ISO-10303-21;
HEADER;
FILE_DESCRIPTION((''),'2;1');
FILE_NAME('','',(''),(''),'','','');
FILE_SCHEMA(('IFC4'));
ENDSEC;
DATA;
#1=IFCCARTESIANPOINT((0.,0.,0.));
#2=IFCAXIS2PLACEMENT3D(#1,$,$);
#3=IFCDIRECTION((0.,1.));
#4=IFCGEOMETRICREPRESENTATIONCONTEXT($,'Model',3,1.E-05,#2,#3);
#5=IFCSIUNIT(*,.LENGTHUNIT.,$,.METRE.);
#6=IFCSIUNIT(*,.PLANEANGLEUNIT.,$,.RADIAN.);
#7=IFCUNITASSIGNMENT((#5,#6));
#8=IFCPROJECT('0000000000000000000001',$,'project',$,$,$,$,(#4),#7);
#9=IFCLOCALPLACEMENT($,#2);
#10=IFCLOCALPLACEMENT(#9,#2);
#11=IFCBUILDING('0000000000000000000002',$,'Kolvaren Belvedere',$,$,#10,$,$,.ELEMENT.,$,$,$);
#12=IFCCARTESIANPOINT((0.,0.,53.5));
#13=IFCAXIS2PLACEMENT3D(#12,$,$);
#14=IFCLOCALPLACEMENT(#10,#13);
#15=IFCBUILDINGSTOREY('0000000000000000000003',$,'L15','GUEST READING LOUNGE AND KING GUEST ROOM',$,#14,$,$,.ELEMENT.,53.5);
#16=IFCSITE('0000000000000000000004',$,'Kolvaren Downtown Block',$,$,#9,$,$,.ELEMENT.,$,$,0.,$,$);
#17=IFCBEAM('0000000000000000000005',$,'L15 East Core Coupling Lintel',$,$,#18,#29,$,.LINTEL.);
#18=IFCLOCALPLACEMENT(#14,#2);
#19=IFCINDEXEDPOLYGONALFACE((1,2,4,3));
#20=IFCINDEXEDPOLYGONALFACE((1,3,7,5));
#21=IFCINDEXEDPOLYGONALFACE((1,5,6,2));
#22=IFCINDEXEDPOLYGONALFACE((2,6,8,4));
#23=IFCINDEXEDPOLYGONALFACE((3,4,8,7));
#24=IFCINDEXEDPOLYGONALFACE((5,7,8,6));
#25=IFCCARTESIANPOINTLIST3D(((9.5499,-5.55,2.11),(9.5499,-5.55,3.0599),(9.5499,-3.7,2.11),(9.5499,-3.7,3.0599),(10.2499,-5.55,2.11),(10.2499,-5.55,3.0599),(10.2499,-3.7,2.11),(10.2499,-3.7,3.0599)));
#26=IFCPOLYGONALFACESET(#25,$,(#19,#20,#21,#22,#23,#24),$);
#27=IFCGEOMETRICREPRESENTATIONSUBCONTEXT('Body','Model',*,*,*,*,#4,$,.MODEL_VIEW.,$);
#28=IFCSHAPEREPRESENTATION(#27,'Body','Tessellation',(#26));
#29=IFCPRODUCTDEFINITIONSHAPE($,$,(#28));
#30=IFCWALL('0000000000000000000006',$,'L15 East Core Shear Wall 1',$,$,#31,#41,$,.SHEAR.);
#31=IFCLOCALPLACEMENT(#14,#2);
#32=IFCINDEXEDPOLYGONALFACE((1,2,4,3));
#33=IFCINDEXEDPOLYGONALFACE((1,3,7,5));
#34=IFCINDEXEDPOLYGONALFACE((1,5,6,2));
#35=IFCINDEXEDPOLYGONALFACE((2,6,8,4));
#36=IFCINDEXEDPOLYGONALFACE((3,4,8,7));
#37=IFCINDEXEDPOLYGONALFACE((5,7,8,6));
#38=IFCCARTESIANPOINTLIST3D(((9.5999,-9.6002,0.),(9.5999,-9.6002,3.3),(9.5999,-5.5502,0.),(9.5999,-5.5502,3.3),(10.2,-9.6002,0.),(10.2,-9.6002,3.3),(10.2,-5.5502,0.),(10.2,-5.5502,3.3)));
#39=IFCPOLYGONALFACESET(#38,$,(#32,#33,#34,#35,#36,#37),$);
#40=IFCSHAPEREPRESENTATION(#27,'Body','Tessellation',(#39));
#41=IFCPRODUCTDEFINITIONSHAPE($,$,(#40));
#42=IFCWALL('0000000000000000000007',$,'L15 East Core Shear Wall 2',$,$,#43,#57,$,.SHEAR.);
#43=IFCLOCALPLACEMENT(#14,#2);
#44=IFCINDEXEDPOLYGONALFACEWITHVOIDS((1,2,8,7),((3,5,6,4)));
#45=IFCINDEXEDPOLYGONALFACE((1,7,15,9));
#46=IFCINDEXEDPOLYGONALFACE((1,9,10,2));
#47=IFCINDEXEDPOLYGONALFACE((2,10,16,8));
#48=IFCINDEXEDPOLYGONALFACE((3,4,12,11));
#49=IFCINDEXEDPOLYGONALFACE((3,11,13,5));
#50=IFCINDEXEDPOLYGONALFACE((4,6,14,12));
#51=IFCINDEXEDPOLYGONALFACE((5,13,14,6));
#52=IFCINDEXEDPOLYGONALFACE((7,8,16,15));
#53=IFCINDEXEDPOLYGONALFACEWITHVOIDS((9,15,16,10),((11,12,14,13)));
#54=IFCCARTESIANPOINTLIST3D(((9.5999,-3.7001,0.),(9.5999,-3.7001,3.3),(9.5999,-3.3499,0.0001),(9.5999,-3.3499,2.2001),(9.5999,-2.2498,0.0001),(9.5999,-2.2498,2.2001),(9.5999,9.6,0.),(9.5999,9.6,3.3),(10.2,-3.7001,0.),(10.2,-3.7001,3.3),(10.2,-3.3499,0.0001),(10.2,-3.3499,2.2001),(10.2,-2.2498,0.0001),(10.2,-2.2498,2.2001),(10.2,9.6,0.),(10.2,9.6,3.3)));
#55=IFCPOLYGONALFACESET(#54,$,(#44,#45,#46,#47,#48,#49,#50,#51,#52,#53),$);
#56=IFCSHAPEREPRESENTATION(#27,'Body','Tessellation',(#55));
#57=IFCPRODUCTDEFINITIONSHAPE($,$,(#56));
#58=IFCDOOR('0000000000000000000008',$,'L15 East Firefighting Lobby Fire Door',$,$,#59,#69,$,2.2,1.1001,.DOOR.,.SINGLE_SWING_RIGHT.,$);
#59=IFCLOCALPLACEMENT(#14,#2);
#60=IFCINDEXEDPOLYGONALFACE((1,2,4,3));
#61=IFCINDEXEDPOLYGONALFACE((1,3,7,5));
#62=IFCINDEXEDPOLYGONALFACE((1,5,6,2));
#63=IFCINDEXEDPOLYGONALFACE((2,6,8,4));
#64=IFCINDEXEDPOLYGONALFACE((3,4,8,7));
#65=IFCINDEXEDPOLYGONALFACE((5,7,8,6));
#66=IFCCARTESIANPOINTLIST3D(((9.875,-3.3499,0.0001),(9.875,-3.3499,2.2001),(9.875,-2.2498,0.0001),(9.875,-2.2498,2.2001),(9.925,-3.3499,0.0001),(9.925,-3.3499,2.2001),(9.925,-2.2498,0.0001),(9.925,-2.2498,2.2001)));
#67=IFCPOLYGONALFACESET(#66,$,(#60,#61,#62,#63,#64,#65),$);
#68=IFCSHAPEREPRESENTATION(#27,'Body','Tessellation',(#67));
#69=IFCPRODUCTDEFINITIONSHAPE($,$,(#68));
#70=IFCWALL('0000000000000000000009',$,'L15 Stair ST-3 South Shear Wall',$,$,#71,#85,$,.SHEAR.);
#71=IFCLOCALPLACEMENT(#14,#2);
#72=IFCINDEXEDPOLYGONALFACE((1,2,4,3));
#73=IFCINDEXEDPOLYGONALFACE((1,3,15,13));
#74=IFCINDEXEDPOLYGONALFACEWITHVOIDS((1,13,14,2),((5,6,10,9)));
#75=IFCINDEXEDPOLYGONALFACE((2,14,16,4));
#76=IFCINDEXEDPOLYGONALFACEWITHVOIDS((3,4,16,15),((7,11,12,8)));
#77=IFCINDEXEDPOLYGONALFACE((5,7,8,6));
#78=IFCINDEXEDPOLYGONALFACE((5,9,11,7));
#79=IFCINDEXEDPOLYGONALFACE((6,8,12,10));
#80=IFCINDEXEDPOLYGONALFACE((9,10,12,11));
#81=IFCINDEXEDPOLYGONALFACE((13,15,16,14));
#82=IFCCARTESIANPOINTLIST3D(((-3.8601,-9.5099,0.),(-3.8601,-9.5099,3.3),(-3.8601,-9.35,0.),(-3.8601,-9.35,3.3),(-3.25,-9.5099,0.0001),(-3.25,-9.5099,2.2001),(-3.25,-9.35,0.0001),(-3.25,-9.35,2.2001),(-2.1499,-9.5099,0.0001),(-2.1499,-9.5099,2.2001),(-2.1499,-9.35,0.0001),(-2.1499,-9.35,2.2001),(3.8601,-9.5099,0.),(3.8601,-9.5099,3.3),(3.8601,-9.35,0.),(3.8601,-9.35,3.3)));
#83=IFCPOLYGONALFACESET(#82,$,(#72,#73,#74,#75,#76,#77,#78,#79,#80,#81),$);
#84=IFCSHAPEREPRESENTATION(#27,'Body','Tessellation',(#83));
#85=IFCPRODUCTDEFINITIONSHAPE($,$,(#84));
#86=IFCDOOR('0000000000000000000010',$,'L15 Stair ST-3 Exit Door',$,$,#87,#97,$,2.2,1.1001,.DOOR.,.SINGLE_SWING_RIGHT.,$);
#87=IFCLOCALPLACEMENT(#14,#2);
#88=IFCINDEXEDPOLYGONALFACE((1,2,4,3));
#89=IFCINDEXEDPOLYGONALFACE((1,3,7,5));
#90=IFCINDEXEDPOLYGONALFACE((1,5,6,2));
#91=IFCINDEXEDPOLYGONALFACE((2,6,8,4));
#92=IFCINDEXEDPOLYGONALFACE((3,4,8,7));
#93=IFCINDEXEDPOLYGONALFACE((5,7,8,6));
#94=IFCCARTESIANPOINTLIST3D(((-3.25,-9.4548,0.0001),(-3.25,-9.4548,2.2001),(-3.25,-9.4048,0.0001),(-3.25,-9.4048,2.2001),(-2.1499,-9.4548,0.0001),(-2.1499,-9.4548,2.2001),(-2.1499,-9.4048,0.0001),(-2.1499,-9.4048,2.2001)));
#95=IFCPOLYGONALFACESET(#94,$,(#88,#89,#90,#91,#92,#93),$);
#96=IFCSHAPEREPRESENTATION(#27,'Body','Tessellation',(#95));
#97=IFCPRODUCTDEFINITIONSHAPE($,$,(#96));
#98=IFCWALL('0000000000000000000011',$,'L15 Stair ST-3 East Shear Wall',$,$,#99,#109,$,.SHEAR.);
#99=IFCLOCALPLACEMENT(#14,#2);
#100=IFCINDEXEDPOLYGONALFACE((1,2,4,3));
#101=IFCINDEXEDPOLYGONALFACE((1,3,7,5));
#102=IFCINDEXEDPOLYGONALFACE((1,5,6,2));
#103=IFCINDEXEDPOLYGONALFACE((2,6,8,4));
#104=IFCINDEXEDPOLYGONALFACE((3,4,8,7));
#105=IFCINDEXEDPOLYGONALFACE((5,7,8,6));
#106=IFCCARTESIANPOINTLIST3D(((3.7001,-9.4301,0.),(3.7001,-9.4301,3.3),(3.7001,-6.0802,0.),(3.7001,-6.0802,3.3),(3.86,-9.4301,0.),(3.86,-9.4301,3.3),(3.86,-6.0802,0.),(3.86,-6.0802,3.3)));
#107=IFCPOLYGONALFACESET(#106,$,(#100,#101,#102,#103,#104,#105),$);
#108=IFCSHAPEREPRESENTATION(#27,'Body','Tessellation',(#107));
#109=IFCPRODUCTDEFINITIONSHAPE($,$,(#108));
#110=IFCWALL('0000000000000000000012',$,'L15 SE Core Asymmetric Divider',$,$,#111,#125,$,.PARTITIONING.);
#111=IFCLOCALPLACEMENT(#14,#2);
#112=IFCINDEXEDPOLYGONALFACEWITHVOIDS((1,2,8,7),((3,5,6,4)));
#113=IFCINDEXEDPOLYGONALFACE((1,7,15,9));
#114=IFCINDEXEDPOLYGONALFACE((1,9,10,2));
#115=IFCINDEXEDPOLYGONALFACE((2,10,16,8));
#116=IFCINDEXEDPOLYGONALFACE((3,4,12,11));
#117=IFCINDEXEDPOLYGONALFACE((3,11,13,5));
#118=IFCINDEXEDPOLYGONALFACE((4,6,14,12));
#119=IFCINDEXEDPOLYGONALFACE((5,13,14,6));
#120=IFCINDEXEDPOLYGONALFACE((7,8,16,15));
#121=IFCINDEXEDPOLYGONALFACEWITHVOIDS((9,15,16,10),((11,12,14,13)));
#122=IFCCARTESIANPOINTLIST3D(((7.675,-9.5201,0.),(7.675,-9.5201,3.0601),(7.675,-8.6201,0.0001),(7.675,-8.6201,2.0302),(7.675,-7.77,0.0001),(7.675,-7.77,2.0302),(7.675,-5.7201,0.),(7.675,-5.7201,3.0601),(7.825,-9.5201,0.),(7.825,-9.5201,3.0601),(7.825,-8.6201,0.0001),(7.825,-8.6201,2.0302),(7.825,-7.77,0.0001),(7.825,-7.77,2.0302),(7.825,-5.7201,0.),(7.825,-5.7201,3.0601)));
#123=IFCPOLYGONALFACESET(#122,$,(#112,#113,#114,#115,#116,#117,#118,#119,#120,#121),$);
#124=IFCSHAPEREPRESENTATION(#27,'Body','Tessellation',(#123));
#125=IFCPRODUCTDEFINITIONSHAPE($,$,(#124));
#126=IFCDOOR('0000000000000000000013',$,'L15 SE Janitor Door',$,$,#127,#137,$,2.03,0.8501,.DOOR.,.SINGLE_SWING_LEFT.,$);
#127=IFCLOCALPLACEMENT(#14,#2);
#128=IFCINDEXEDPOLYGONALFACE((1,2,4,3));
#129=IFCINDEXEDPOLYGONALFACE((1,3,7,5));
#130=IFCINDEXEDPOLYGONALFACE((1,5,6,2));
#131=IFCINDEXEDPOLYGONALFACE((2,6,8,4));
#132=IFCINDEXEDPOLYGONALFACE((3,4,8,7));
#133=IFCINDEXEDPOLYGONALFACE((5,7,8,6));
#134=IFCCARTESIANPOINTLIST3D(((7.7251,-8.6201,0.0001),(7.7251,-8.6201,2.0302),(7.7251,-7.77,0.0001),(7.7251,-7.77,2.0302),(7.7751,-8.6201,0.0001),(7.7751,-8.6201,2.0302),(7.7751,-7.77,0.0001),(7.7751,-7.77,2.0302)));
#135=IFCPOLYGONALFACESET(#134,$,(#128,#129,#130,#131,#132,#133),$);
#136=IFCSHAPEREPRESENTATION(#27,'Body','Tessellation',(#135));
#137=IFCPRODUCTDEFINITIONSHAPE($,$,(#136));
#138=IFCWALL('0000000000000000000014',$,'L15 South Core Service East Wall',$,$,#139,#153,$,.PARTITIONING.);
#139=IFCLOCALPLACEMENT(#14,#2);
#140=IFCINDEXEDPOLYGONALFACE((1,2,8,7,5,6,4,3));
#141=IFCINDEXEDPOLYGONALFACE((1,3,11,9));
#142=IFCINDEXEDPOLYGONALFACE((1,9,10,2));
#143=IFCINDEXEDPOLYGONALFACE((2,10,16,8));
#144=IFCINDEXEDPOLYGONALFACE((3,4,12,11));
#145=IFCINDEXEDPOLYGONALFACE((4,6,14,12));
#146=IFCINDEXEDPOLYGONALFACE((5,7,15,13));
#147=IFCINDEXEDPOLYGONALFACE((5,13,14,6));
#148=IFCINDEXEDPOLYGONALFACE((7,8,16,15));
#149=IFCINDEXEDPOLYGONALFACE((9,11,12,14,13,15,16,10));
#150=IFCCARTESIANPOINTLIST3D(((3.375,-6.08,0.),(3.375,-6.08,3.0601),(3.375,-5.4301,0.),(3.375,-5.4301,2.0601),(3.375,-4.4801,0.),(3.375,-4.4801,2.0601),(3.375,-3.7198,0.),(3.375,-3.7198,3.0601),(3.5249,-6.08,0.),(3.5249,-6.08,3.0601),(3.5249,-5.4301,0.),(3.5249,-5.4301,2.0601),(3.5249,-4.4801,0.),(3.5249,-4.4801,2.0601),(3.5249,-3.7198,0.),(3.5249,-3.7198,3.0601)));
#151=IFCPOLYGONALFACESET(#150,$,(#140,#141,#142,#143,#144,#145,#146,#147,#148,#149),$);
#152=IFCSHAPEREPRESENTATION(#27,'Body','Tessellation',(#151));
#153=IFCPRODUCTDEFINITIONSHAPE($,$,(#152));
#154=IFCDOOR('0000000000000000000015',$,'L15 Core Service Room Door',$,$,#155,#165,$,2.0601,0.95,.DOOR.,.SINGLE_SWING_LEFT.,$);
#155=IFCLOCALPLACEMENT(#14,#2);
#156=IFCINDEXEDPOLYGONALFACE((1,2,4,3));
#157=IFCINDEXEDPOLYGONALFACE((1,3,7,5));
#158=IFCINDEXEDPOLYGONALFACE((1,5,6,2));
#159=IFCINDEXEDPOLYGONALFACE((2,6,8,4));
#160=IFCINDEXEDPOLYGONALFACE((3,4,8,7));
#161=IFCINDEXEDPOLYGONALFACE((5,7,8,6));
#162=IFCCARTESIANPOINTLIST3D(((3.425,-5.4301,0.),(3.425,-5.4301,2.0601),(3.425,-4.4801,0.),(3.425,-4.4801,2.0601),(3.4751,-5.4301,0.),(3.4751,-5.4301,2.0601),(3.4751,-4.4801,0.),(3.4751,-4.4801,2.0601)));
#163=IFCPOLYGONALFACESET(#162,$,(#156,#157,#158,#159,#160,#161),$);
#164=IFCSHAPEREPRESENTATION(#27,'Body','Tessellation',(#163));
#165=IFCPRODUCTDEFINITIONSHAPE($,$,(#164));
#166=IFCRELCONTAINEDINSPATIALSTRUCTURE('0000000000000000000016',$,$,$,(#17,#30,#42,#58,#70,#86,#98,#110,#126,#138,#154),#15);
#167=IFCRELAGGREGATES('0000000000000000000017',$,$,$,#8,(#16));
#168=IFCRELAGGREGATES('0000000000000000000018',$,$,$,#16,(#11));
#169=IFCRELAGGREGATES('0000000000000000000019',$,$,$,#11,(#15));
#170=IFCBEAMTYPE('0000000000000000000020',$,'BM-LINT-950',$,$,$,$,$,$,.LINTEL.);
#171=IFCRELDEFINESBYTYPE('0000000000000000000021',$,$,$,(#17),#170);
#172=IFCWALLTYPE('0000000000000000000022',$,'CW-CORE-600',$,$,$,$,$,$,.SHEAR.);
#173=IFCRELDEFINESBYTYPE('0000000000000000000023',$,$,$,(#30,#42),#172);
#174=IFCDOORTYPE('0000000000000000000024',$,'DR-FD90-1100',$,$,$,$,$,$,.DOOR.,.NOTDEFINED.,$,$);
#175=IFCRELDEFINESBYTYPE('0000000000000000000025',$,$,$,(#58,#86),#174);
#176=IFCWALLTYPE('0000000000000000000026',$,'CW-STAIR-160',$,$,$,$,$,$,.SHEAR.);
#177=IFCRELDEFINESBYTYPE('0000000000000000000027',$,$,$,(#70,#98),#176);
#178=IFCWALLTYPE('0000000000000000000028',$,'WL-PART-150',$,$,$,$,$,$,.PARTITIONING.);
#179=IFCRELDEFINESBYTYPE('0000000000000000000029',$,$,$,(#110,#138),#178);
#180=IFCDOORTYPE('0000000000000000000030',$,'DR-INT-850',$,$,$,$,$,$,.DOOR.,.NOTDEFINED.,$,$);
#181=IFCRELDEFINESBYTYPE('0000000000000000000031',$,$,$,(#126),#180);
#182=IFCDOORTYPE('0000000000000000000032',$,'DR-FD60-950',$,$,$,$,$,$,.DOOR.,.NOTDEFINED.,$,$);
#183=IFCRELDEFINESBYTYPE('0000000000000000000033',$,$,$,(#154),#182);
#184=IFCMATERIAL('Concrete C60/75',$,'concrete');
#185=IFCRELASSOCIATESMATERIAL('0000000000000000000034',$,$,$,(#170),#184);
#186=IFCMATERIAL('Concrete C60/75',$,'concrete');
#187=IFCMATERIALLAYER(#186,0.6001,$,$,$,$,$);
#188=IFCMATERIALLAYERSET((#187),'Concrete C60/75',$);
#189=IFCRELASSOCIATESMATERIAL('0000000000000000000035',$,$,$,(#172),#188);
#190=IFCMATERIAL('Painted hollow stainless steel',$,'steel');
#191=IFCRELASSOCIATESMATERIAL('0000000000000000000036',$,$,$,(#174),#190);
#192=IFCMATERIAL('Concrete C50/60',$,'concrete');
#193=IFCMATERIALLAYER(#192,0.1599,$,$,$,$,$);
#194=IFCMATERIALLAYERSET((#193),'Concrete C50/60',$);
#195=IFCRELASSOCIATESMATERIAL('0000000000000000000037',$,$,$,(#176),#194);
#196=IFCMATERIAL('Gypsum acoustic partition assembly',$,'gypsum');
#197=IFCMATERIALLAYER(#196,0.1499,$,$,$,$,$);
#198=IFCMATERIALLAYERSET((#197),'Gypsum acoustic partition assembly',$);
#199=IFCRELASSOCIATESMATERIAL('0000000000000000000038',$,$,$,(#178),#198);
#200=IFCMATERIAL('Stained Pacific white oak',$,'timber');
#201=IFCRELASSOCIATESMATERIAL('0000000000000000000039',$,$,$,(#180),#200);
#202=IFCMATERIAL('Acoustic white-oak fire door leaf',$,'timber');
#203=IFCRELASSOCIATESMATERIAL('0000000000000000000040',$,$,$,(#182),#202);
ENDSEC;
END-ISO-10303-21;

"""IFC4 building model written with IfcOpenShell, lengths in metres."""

from ifc_helpers import new_model, si_unit, direction, frame, frame_2d, origin, origin_2d, place, context, subcontext, project, spatial, rectangle, extrude, material, layer, layer_set, material_profile, profile_set, type_object, element, fill, save


model = new_model("IFC4")

# Units and contexts
model_context = context("Model", 3, precision=1e-05, world=origin(), true_north=direction((0.0, 1.0)))
body_context = subcontext(model_context, "Body", "Model", "MODEL_VIEW")
ifc_project = project(units=[si_unit("LENGTHUNIT", "METRE"), si_unit("PLANEANGLEUNIT", "RADIAN")], contexts=[model_context])

# Site, building, storey
site_placement = place(None, origin())
site = spatial("IfcSite", under=ifc_project, at=site_placement, Name="Kolvaren Downtown Block", CompositionType="ELEMENT", RefElevation=0.0)
building_placement = place(site_placement, origin())
building = spatial("IfcBuilding", under=site, at=building_placement, Name="Kolvaren Belvedere", CompositionType="ELEMENT")
storey_placement = place(building_placement, frame((0.0, 0.0, 53.5)))
storey = spatial("IfcBuildingStorey", under=building, at=storey_placement, Name="L15", Description="GUEST READING LOUNGE AND KING GUEST ROOM", CompositionType="ELEMENT", Elevation=53.5)

# Beam
ifc_material_1 = material(Name="Concrete C60/75", Category="concrete")
ifc_material_profile = material_profile(ifc_material_1, rectangle(XDim=0.7, YDim=0.95, at=origin_2d()), Name="RC 700X950")
ifc_profile_set = profile_set([ifc_material_profile], Name="Concrete C60/75")
beam_type = type_object("IfcBeamType", Name="BM-LINT-950", PredefinedType="LINTEL", material=ifc_profile_set)
beam_placement = place(storey_placement, frame((9.8999, -5.55, 2.585), z_axis=(0.0, 1.0, 0.0), x_axis=(-1.0, 0.0, 0.0)))
element("IfcBeam", 1, at=beam_placement, inside=storey, type_object=beam_type, Name="L15 East Core Coupling Lintel", PredefinedType="LINTEL", context=body_context, shape_type="SweptSolid", body=[
    extrude(rectangle(XDim=0.7, YDim=0.95, at=origin_2d()), origin(), (0.0, 0.0, 1.0), 1.8501),
])

# Wall
ifc_material_2 = material(Name="Concrete C60/75", Category="concrete")
ifc_layer_1 = layer(ifc_material_2, 0.6001)
ifc_layer_set_1 = layer_set([ifc_layer_1], Name="Concrete C60/75")
wall_type_1 = type_object("IfcWallType", Name="CW-CORE-600", PredefinedType="SHEAR", material=ifc_layer_set_1)
wall_1_placement = place(storey_placement, frame((9.8999, -9.6001, 0.0), z_axis=(0.0, 0.0, 1.0), x_axis=(0.0, 1.0, 0.0)))
element("IfcWall", 2, at=wall_1_placement, inside=storey, type_object=wall_type_1, Name="L15 East Core Shear Wall 1", PredefinedType="SHEAR", context=body_context, shape_type="SweptSolid", body=[
    extrude(rectangle(XDim=4.05, YDim=0.6001, at=frame_2d((2.0249, 0.0))), origin(), (0.0, 0.0, 1.0), 3.3),
])

# Walls, openings, doors
wall_2_placement = place(storey_placement, frame((9.8999, -3.7, 0.0), z_axis=(0.0, 0.0, 1.0), x_axis=(0.0, 1.0, 0.0)))
wall_2 = element("IfcWall", 3, at=wall_2_placement, inside=storey, type_object=wall_type_1, Name="L15 East Core Shear Wall 2", PredefinedType="SHEAR", context=body_context, shape_type="SweptSolid", body=[
    extrude(rectangle(XDim=13.3, YDim=0.6001, at=frame_2d((6.6499, 0.0))), origin(), (0.0, 0.0, 1.0), 3.3),
])
opening_1_placement = place(wall_2_placement, frame((0.3501, 0.0, 0.0)))
opening_1 = element("IfcOpeningElement", 4, at=opening_1_placement, cuts=wall_2, PredefinedType="OPENING", context=body_context, shape_type="SweptSolid", body=[
    extrude(rectangle(XDim=1.1001, YDim=2.2, at=frame_2d((0.55, 1.1001))), frame((0.0, 0.3101, 0.0), z_axis=(0.0, -1.0, 0.0), x_axis=(1.0, 0.0, 0.0)), (0.0, 0.0, 1.0), 0.6201),
])
ifc_material_3 = material(Name="Painted hollow stainless steel", Category="steel")
door_type_1 = type_object("IfcDoorType", Name="DR-FD90-1100", OperationType="NOTDEFINED", PredefinedType="DOOR", material=ifc_material_3)
door_1_placement = place(opening_1_placement, origin())
door_1 = element("IfcDoor", 5, at=door_1_placement, inside=storey, type_object=door_type_1, Name="L15 East Firefighting Lobby Fire Door", OperationType="SINGLE_SWING_RIGHT", OverallHeight=2.2, OverallWidth=1.1001, PredefinedType="DOOR", context=body_context, shape_type="SweptSolid", body=[
    extrude(rectangle(XDim=1.1001, YDim=2.2, at=frame_2d((0.55, 1.1001))), frame((0.0, 0.0249, 0.0), z_axis=(0.0, -1.0, 0.0), x_axis=(1.0, 0.0, 0.0)), (0.0, 0.0, 1.0), 0.05),
])
fill(opening_1, door_1)
ifc_material_4 = material(Name="Concrete C50/60", Category="concrete")
ifc_layer_2 = layer(ifc_material_4, 0.1599)
ifc_layer_set_2 = layer_set([ifc_layer_2], Name="Concrete C50/60")
wall_type_2 = type_object("IfcWallType", Name="CW-STAIR-160", PredefinedType="SHEAR", material=ifc_layer_set_2)
wall_3_placement = place(storey_placement, frame((3.8601, -9.4299, 0.0), z_axis=(0.0, 0.0, 1.0), x_axis=(-1.0, 0.0, 0.0)))
wall_3 = element("IfcWall", 6, at=wall_3_placement, inside=storey, type_object=wall_type_2, Name="L15 Stair ST-3 South Shear Wall", PredefinedType="SHEAR", context=body_context, shape_type="SweptSolid", body=[
    extrude(rectangle(XDim=7.7202, YDim=0.1599, at=frame_2d((3.8601, 0.0))), origin(), (0.0, 0.0, 1.0), 3.3),
])
opening_2_placement = place(wall_3_placement, frame((6.01, 0.0, 0.0)))
opening_2 = element("IfcOpeningElement", 7, at=opening_2_placement, cuts=wall_3, PredefinedType="OPENING", context=body_context, shape_type="SweptSolid", body=[
    extrude(rectangle(XDim=1.1001, YDim=2.2, at=frame_2d((0.55, 1.1001))), frame((0.0, 0.0898, 0.0), z_axis=(0.0, -1.0, 0.0), x_axis=(1.0, 0.0, 0.0)), (0.0, 0.0, 1.0), 0.1799),
])
door_2_placement = place(opening_2_placement, origin())
door_2 = element("IfcDoor", 8, at=door_2_placement, inside=storey, type_object=door_type_1, Name="L15 Stair ST-3 Exit Door", OperationType="SINGLE_SWING_RIGHT", OverallHeight=2.2, OverallWidth=1.1001, PredefinedType="DOOR", context=body_context, shape_type="SweptSolid", body=[
    extrude(rectangle(XDim=1.1001, YDim=2.2, at=frame_2d((0.55, 1.1001))), frame((0.0, 0.0249, 0.0), z_axis=(0.0, -1.0, 0.0), x_axis=(1.0, 0.0, 0.0)), (0.0, 0.0, 1.0), 0.05),
])
fill(opening_2, door_2)

# Wall
wall_4_placement = place(storey_placement, frame((3.78, -9.4299, 0.0), z_axis=(0.0, 0.0, 1.0), x_axis=(0.0, 1.0, 0.0)))
element("IfcWall", 9, at=wall_4_placement, inside=storey, type_object=wall_type_2, Name="L15 Stair ST-3 East Shear Wall", PredefinedType="SHEAR", context=body_context, shape_type="SweptSolid", body=[
    extrude(rectangle(XDim=3.3499, YDim=0.1599, at=frame_2d((1.6748, 0.0))), origin(), (0.0, 0.0, 1.0), 3.3),
])

# Walls, openings, doors
ifc_material_5 = material(Name="Gypsum acoustic partition assembly", Category="gypsum")
ifc_layer_3 = layer(ifc_material_5, 0.1499)
ifc_layer_set_3 = layer_set([ifc_layer_3], Name="Gypsum acoustic partition assembly")
wall_type_3 = type_object("IfcWallType", Name="WL-PART-150", PredefinedType="PARTITIONING", material=ifc_layer_set_3)
wall_5_placement = place(storey_placement, frame((7.75, -9.52, 0.0), z_axis=(0.0, 0.0, 1.0), x_axis=(0.0, 1.0, 0.0)))
wall_5 = element("IfcWall", 10, at=wall_5_placement, inside=storey, type_object=wall_type_3, Name="L15 SE Core Asymmetric Divider", PredefinedType="PARTITIONING", context=body_context, shape_type="SweptSolid", body=[
    extrude(rectangle(XDim=3.8, YDim=0.1499, at=frame_2d((1.8999, 0.0))), origin(), (0.0, 0.0, 1.0), 3.0601),
])
opening_3_placement = place(wall_5_placement, frame((0.8999, 0.0, 0.0)))
opening_3 = element("IfcOpeningElement", 11, at=opening_3_placement, cuts=wall_5, PredefinedType="OPENING", context=body_context, shape_type="SweptSolid", body=[
    extrude(rectangle(XDim=0.8501, YDim=2.03, at=frame_2d((0.425, 1.0151))), frame((0.0, 0.085, 0.0), z_axis=(0.0, -1.0, 0.0), x_axis=(1.0, 0.0, 0.0)), (0.0, 0.0, 1.0), 0.1699),
])
ifc_material_6 = material(Name="Stained Pacific white oak", Category="timber")
door_type_2 = type_object("IfcDoorType", Name="DR-INT-850", OperationType="NOTDEFINED", PredefinedType="DOOR", material=ifc_material_6)
door_3_placement = place(opening_3_placement, origin())
door_3 = element("IfcDoor", 12, at=door_3_placement, inside=storey, type_object=door_type_2, Name="L15 SE Janitor Door", OperationType="SINGLE_SWING_LEFT", OverallHeight=2.03, OverallWidth=0.8501, PredefinedType="DOOR", context=body_context, shape_type="SweptSolid", body=[
    extrude(rectangle(XDim=0.8501, YDim=2.03, at=frame_2d((0.425, 1.0151))), frame((0.0, 0.0249, 0.0), z_axis=(0.0, -1.0, 0.0), x_axis=(1.0, 0.0, 0.0)), (0.0, 0.0, 1.0), 0.05),
])
fill(opening_3, door_3)
wall_6_placement = place(storey_placement, frame((3.45, -6.0801, 0.0), z_axis=(0.0, 0.0, 1.0), x_axis=(0.0, 1.0, 0.0)))
wall_6 = element("IfcWall", 13, at=wall_6_placement, inside=storey, type_object=wall_type_3, Name="L15 South Core Service East Wall", PredefinedType="PARTITIONING", context=body_context, shape_type="SweptSolid", body=[
    extrude(rectangle(XDim=2.3601, YDim=0.1499, at=frame_2d((1.1802, 0.0))), origin(), (0.0, 0.0, 1.0), 3.0601),
])
opening_4_placement = place(wall_6_placement, frame((0.6499, 0.0, 0.0)))
opening_4 = element("IfcOpeningElement", 14, at=opening_4_placement, cuts=wall_6, PredefinedType="OPENING", context=body_context, shape_type="SweptSolid", body=[
    extrude(rectangle(XDim=0.95, YDim=2.0601, at=frame_2d((0.4751, 1.03))), frame((0.0, 0.085, 0.0), z_axis=(0.0, -1.0, 0.0), x_axis=(1.0, 0.0, 0.0)), (0.0, 0.0, 1.0), 0.1699),
])
ifc_material_7 = material(Name="Acoustic white-oak fire door leaf", Category="timber")
door_type_3 = type_object("IfcDoorType", Name="DR-FD60-950", OperationType="NOTDEFINED", PredefinedType="DOOR", material=ifc_material_7)
door_4_placement = place(opening_4_placement, origin())
door_4 = element("IfcDoor", 15, at=door_4_placement, inside=storey, type_object=door_type_3, Name="L15 Core Service Room Door", OperationType="SINGLE_SWING_LEFT", OverallHeight=2.0601, OverallWidth=0.95, PredefinedType="DOOR", context=body_context, shape_type="SweptSolid", body=[
    extrude(rectangle(XDim=0.95, YDim=2.0601, at=frame_2d((0.4751, 1.03))), frame((0.0, 0.0249, 0.0), z_axis=(0.0, -1.0, 0.0), x_axis=(1.0, 0.0, 0.0)), (0.0, 0.0, 1.0), 0.05),
])
fill(opening_4, door_4)

save(model, "model.ifc")
